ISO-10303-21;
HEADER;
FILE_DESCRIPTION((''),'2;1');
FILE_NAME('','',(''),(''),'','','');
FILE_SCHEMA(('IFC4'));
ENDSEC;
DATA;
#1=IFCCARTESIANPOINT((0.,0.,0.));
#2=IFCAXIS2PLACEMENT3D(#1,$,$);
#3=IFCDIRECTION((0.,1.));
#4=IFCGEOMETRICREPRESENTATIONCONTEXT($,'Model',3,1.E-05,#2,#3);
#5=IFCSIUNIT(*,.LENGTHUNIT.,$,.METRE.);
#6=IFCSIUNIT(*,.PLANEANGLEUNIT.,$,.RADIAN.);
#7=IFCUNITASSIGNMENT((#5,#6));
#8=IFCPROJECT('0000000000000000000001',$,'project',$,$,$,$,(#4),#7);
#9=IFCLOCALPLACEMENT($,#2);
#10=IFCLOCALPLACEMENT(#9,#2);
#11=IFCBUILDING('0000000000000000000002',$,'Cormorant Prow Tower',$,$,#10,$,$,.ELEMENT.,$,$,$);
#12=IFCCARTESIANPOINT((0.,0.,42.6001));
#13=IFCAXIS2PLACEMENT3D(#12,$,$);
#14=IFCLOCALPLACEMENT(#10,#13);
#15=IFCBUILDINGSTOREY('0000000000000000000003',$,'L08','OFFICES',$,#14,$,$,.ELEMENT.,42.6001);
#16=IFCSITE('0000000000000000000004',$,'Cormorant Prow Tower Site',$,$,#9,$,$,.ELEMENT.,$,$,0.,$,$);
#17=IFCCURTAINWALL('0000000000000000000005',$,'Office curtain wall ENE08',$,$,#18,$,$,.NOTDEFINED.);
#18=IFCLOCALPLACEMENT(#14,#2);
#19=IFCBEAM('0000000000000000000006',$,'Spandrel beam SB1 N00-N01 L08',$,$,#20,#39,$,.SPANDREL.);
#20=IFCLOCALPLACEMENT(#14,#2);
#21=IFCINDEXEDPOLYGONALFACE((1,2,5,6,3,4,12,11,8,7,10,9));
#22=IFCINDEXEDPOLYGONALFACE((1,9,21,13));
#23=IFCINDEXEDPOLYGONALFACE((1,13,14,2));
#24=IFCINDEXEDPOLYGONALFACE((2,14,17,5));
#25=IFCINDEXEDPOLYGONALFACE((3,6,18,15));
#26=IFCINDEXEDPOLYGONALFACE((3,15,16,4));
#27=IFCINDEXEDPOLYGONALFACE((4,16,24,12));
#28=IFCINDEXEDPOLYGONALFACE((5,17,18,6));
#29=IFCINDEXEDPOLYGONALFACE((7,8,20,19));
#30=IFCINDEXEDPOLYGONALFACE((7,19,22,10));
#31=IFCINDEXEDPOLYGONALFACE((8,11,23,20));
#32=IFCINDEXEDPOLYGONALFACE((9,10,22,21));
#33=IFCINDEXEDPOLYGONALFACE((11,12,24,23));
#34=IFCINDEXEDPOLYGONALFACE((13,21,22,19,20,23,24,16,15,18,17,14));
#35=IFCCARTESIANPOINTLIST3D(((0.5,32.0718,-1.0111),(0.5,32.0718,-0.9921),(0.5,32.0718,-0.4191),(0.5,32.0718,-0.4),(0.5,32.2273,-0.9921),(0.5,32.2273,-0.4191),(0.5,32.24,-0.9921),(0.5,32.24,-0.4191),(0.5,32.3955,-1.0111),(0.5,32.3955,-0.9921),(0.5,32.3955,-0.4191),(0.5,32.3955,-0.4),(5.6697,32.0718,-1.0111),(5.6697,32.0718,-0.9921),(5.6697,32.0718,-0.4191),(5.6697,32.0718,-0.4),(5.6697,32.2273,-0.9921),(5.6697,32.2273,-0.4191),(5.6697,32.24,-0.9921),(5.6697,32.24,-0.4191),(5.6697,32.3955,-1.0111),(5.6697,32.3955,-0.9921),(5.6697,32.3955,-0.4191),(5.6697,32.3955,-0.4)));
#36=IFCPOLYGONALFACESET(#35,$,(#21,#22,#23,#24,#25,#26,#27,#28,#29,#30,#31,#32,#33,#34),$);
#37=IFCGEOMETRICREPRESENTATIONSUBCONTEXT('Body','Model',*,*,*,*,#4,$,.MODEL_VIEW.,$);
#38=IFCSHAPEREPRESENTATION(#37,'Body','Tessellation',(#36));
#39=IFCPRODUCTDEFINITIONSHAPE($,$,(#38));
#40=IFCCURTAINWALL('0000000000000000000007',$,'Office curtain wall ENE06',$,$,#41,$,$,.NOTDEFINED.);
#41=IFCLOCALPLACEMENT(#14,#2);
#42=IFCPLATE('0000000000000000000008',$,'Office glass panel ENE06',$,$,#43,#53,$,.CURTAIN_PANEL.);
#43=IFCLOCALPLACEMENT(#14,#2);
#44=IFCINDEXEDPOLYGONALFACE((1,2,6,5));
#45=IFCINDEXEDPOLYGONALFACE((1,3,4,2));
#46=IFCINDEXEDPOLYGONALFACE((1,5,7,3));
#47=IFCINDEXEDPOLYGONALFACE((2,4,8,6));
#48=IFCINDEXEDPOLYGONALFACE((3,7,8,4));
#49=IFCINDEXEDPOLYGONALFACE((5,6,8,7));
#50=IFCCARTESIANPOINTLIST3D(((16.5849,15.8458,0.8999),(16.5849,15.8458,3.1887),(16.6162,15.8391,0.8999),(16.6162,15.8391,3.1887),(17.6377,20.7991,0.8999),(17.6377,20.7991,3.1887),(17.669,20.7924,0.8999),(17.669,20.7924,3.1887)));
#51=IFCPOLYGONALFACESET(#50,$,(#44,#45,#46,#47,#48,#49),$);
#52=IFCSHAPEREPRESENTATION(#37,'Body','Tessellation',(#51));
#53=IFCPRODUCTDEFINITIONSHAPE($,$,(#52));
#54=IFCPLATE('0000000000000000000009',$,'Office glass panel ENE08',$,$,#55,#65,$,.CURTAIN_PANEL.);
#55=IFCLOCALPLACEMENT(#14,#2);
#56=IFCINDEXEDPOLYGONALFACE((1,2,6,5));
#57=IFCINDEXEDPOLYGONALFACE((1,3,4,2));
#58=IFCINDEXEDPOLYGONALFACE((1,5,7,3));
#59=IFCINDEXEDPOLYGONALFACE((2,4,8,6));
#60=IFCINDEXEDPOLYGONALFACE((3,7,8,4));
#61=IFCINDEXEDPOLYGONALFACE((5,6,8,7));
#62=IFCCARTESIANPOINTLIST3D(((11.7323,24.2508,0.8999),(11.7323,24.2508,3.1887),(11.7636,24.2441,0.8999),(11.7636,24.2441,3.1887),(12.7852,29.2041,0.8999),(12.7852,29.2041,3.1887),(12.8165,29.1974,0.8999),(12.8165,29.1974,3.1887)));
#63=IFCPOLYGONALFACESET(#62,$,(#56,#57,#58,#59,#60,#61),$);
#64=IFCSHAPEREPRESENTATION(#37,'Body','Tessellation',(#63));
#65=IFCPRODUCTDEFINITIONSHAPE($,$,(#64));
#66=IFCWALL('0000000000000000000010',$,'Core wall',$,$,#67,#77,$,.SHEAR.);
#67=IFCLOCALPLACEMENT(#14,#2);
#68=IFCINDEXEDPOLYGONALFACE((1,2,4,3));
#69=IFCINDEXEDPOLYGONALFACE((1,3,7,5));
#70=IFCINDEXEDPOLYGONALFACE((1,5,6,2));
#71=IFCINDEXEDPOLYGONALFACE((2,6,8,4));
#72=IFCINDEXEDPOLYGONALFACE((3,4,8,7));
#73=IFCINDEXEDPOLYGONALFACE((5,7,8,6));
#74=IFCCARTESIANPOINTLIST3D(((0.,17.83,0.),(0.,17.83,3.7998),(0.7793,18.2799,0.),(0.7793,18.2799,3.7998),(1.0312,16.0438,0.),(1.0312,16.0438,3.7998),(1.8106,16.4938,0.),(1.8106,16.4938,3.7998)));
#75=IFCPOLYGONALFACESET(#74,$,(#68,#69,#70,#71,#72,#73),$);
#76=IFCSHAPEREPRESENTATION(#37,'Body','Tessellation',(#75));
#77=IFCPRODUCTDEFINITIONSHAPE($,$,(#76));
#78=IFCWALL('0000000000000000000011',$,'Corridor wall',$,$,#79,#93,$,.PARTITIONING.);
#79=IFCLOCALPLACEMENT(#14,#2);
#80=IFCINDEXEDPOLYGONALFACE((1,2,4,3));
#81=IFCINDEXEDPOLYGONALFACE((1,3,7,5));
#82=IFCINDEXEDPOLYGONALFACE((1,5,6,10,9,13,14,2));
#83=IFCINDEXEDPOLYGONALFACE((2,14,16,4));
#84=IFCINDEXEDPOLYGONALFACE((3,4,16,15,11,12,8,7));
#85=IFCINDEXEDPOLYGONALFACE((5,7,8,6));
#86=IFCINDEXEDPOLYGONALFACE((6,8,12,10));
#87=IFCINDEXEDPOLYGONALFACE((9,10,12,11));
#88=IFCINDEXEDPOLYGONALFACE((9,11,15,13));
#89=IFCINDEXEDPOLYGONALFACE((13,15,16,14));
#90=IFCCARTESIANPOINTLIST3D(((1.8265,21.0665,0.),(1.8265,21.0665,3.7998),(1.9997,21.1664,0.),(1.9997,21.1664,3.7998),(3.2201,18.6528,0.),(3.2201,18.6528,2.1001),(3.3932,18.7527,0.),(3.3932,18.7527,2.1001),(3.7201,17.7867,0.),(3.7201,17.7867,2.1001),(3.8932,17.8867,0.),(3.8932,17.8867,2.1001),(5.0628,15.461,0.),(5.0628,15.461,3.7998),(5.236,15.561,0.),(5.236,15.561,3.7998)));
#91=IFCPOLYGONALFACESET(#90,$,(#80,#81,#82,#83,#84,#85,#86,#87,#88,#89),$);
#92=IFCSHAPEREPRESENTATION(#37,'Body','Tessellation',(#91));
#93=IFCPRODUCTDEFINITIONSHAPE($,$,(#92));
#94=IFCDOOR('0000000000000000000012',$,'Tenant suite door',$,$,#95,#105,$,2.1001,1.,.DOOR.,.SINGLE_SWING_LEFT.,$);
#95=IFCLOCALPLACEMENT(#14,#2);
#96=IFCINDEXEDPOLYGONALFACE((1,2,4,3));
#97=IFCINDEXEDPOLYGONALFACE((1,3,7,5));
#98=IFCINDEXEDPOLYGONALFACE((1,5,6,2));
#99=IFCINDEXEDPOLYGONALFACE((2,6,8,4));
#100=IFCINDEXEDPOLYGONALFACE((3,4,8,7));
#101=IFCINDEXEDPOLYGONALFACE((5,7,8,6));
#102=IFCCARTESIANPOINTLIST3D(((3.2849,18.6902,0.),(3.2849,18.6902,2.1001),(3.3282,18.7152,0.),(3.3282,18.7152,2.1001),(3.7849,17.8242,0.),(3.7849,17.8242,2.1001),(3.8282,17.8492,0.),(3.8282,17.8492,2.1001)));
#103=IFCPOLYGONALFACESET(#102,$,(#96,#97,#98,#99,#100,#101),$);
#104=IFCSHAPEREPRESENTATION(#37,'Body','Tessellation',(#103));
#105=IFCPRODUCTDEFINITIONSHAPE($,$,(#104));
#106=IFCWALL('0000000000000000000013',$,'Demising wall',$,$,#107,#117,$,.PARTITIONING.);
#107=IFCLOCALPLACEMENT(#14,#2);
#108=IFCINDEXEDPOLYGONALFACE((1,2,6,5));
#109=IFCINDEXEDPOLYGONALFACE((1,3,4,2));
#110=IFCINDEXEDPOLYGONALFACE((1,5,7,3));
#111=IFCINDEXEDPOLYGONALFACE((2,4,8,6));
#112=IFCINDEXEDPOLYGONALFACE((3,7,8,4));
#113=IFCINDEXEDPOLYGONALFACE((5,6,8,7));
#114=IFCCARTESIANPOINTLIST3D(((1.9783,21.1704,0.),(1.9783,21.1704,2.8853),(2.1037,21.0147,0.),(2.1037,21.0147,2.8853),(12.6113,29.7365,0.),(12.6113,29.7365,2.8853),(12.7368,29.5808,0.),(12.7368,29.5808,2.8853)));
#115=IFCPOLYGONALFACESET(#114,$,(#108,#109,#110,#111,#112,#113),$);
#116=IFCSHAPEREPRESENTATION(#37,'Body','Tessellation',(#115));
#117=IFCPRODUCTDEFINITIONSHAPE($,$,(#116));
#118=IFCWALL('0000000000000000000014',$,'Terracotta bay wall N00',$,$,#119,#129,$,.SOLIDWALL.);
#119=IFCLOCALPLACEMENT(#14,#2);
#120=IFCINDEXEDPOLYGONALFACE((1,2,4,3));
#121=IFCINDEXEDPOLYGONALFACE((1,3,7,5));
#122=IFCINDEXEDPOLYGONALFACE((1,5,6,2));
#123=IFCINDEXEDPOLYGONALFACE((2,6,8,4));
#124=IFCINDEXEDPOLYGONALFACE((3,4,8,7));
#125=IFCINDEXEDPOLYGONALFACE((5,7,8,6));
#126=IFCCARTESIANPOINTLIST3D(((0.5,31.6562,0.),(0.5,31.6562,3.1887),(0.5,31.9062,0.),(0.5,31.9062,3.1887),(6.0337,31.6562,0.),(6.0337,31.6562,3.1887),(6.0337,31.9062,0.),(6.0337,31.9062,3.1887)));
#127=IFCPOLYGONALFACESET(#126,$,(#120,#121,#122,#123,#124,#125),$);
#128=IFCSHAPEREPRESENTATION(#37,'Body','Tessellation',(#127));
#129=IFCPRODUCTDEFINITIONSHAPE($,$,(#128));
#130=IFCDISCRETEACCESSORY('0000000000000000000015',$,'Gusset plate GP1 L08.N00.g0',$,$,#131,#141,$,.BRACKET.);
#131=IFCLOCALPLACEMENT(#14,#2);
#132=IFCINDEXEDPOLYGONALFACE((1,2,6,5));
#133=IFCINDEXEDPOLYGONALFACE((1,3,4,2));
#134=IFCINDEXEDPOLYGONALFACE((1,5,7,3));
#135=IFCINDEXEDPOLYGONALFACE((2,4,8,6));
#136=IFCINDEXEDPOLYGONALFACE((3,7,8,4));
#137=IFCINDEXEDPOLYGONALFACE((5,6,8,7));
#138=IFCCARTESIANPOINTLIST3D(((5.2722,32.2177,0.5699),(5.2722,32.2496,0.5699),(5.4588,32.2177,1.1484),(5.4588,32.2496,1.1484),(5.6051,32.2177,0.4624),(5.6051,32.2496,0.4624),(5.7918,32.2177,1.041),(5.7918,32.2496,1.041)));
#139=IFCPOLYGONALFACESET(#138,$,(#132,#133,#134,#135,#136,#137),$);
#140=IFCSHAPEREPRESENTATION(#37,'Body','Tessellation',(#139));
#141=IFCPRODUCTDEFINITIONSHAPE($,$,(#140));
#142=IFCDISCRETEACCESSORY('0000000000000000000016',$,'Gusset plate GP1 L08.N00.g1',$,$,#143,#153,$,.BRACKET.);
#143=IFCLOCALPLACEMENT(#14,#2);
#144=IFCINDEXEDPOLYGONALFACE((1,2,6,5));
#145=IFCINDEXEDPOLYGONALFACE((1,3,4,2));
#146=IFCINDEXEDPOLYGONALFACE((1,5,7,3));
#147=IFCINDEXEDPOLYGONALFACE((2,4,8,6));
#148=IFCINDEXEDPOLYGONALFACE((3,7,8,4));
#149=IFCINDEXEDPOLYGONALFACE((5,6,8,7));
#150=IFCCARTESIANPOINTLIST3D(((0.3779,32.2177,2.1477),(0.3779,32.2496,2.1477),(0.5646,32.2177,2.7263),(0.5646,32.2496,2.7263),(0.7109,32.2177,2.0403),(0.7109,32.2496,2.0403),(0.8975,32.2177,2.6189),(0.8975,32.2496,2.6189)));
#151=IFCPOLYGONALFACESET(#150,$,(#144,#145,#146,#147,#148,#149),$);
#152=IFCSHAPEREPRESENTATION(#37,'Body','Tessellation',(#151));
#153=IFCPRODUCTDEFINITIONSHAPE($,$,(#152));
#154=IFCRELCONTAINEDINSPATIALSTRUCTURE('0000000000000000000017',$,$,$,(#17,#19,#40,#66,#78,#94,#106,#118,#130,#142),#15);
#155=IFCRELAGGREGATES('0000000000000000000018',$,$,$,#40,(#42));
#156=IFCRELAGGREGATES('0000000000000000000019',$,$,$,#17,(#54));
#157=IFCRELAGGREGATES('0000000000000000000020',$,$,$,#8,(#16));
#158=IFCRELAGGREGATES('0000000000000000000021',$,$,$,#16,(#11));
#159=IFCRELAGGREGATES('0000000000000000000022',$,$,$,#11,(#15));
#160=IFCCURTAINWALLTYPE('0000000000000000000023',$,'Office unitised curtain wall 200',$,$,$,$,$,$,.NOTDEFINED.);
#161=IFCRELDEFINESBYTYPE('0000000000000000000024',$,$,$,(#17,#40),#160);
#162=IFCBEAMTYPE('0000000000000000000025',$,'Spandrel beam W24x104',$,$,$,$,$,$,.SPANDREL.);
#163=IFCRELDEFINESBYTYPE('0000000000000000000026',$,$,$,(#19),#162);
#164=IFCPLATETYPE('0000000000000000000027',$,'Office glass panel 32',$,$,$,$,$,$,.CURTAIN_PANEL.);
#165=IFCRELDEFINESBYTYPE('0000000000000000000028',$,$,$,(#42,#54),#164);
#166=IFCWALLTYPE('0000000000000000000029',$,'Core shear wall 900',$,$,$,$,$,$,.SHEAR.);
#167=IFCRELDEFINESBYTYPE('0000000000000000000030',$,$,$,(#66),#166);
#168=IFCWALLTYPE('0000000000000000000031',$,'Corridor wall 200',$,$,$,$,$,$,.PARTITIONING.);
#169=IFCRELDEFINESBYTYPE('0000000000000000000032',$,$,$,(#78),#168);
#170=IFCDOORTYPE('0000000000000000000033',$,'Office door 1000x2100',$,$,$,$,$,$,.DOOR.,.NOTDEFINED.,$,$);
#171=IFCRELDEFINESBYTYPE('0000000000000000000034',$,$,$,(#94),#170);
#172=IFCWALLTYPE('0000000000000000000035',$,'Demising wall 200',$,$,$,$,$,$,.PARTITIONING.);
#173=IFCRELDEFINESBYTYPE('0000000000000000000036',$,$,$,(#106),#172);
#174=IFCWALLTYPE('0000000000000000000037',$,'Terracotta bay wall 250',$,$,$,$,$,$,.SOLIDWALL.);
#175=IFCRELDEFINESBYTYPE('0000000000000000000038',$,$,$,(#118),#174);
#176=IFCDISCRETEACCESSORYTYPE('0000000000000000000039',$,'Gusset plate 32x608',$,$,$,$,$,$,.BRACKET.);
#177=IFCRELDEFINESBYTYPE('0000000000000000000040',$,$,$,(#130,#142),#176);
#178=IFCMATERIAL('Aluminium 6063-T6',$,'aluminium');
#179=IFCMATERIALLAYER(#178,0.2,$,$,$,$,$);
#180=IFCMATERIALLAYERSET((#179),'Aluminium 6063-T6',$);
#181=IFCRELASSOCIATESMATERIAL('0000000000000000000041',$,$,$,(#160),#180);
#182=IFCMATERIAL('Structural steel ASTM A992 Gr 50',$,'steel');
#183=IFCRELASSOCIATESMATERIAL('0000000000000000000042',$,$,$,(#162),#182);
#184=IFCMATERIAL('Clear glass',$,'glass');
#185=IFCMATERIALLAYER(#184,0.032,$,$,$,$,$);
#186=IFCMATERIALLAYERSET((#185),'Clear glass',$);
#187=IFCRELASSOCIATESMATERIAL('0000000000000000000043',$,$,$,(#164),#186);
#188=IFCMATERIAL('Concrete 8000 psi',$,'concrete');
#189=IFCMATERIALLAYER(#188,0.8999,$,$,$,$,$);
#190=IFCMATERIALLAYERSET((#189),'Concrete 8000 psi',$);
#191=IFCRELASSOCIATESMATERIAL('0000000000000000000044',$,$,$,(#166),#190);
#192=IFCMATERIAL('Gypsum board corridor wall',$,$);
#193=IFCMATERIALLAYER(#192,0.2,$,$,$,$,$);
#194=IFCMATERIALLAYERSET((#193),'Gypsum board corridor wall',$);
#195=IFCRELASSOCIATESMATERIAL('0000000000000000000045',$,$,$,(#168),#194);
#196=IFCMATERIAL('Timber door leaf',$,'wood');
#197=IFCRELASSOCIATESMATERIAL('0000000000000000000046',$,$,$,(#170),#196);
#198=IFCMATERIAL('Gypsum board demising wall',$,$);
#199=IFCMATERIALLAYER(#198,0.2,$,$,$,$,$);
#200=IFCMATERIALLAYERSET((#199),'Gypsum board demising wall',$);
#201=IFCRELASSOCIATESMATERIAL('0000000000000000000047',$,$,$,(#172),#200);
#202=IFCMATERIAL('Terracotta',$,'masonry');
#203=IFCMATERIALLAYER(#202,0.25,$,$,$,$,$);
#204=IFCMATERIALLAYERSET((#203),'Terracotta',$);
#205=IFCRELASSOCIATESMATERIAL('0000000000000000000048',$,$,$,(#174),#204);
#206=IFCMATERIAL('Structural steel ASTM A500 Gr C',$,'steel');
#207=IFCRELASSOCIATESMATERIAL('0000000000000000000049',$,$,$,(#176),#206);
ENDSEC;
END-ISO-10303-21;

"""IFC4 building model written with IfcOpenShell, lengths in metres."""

from ifc_helpers import new_model, si_unit, direction, frame, frame_2d, origin, origin_2d, place, context, subcontext, project, spatial, rectangle, i_section, extrude, material, layer, layer_set, material_profile, profile_set, type_object, element, fill, aggregate, save


model = new_model("IFC4")

# Units and contexts
model_context = context("Model", 3, precision=1e-05, world=origin(), true_north=direction((0.0, 1.0)))
body_context = subcontext(model_context, "Body", "Model", "MODEL_VIEW")
ifc_project = project(units=[si_unit("LENGTHUNIT", "METRE"), si_unit("PLANEANGLEUNIT", "RADIAN")], contexts=[model_context])

# Site, building, storey
site_placement = place(None, origin())
site = spatial("IfcSite", under=ifc_project, at=site_placement, Name="Cormorant Prow Tower Site", CompositionType="ELEMENT", RefElevation=0.0)
building_placement = place(site_placement, origin())
building = spatial("IfcBuilding", under=site, at=building_placement, Name="Cormorant Prow Tower", CompositionType="ELEMENT")
storey_placement = place(building_placement, frame((0.0, 0.0, 42.6001)))
storey = spatial("IfcBuildingStorey", under=building, at=storey_placement, Name="L08", Description="OFFICES", CompositionType="ELEMENT", Elevation=42.6001)

# Curtain wall
ifc_material_1 = material(Name="Aluminium 6063-T6", Category="aluminium")
ifc_layer_1 = layer(ifc_material_1, 0.2)
ifc_layer_set_1 = layer_set([ifc_layer_1], Name="Aluminium 6063-T6")
curtain_wall_type = type_object("IfcCurtainWallType", Name="Office unitised curtain wall 200", PredefinedType="NOTDEFINED", material=ifc_layer_set_1)
curtain_wall_1_placement = place(storey_placement, origin())
curtain_wall_1 = element("IfcCurtainWall", 1, at=curtain_wall_1_placement, inside=storey, type_object=curtain_wall_type, Name="Office curtain wall ENE08", PredefinedType="NOTDEFINED")

# Beam
ifc_material_2 = material(Name="Structural steel ASTM A992 Gr 50", Category="steel")
ifc_material_profile_1 = material_profile(ifc_material_2, i_section(OverallWidth=0.3237, OverallDepth=0.6111, WebThickness=0.0127, FlangeThickness=0.019, at=origin_2d()), Name="W24x104")
ifc_profile_set_1 = profile_set([ifc_material_profile_1], Name="Structural steel ASTM A992 Gr 50")
beam_type = type_object("IfcBeamType", Name="Spandrel beam W24x104", PredefinedType="SPANDREL", material=ifc_profile_set_1)
beam_1_placement = place(storey_placement, frame((5.6697, 32.2336, -0.7056), z_axis=(-1.0, 0.0, 0.0), x_axis=(0.0, -1.0, 0.0)))
element("IfcBeam", 2, at=beam_1_placement, inside=storey, type_object=beam_type, Name="Spandrel beam SB1 N00-N01 L08", PredefinedType="SPANDREL", context=body_context, shape_type="SweptSolid", body=[
    extrude(i_section(OverallWidth=0.3237, OverallDepth=0.6111, WebThickness=0.0127, FlangeThickness=0.019, at=origin_2d()), origin(), (0.0, 0.0, 1.0), 5.1697),
])

# Curtain wall, plate
curtain_wall_2_placement = place(storey_placement, origin())
curtain_wall_2 = element("IfcCurtainWall", 3, at=curtain_wall_2_placement, inside=storey, type_object=curtain_wall_type, Name="Office curtain wall ENE06", PredefinedType="NOTDEFINED")
ifc_material_3 = material(Name="Clear glass", Category="glass")
ifc_layer_2 = layer(ifc_material_3, 0.032)
ifc_layer_set_2 = layer_set([ifc_layer_2], Name="Clear glass")
plate_type = type_object("IfcPlateType", Name="Office glass panel 32", PredefinedType="CURTAIN_PANEL", material=ifc_layer_set_2)
plate_1_placement = place(storey_placement, frame((17.127, 18.3191, 0.8999), z_axis=(0.0, 0.0, 1.0), x_axis=(0.207912, 0.978148, 0.0)))
plate_1 = element("IfcPlate", 4, at=plate_1_placement, type_object=plate_type, Name="Office glass panel ENE06", PredefinedType="CURTAIN_PANEL", context=body_context, shape_type="SweptSolid", body=[
    extrude(rectangle(XDim=5.064, YDim=0.032, at=origin_2d()), origin(), (0.0, 0.0, 1.0), 2.2888),
])
aggregate(curtain_wall_2, [plate_1])

# Plate
plate_2_placement = place(storey_placement, frame((12.2744, 26.7241, 0.8999), z_axis=(0.0, 0.0, 1.0), x_axis=(0.207912, 0.978148, 0.0)))
plate_2 = element("IfcPlate", 5, at=plate_2_placement, type_object=plate_type, Name="Office glass panel ENE08", PredefinedType="CURTAIN_PANEL", context=body_context, shape_type="SweptSolid", body=[
    extrude(rectangle(XDim=5.064, YDim=0.032, at=origin_2d()), origin(), (0.0, 0.0, 1.0), 2.2888),
])
aggregate(curtain_wall_1, [plate_2])

# Wall
ifc_material_4 = material(Name="Concrete 8000 psi", Category="concrete")
ifc_layer_3 = layer(ifc_material_4, 0.8999)
ifc_layer_set_3 = layer_set([ifc_layer_3], Name="Concrete 8000 psi")
wall_type_1 = type_object("IfcWallType", Name="Core shear wall 900", PredefinedType="SHEAR", material=ifc_layer_set_3)
wall_1_placement = place(storey_placement, frame((1.4209, 16.2688, 0.0), z_axis=(0.0, 0.0, 1.0), x_axis=(-0.500009, 0.86602, 0.0)))
element("IfcWall", 6, at=wall_1_placement, inside=storey, type_object=wall_type_1, Name="Core wall", PredefinedType="SHEAR", context=body_context, shape_type="SweptSolid", body=[
    extrude(rectangle(XDim=2.0625, YDim=0.8999, at=frame_2d((1.0312, 0.0))), origin(), (0.0, 0.0, 1.0), 3.7998),
])

# Wall, opening, door
ifc_material_5 = material(Name="Gypsum board corridor wall")
ifc_layer_4 = layer(ifc_material_5, 0.2)
ifc_layer_set_4 = layer_set([ifc_layer_4], Name="Gypsum board corridor wall")
wall_type_2 = type_object("IfcWallType", Name="Corridor wall 200", PredefinedType="PARTITIONING", material=ifc_layer_set_4)
wall_2_placement = place(storey_placement, frame((1.9131, 21.1165, 0.0), z_axis=(0.0, 0.0, 1.0), x_axis=(0.500001, -0.866025, 0.0)))
wall_2 = element("IfcWall", 7, at=wall_2_placement, inside=storey, type_object=wall_type_2, Name="Corridor wall", PredefinedType="PARTITIONING", context=body_context, shape_type="SweptSolid", body=[
    extrude(rectangle(XDim=6.4727, YDim=0.2, at=frame_2d((3.2363, 0.0))), origin(), (0.0, 0.0, 1.0), 3.7998),
])
opening_1_placement = place(wall_2_placement, frame((2.7871, 0.0, 0.0)))
opening_1 = element("IfcOpeningElement", 8, at=opening_1_placement, cuts=wall_2, PredefinedType="OPENING", context=body_context, shape_type="SweptSolid", body=[
    extrude(rectangle(XDim=1.0, YDim=2.1001, at=frame_2d((0.5, 1.05))), frame((0.0, 0.1099, 0.0), z_axis=(0.0, -1.0, 0.0), x_axis=(1.0, 0.0, 0.0)), (0.0, 0.0, 1.0), 0.22),
])
ifc_material_6 = material(Name="Timber door leaf", Category="wood")
door_type_1 = type_object("IfcDoorType", Name="Office door 1000x2100", OperationType="NOTDEFINED", PredefinedType="DOOR", material=ifc_material_6)
door_1_placement = place(opening_1_placement, origin())
door_1 = element("IfcDoor", 9, at=door_1_placement, inside=storey, type_object=door_type_1, Name="Tenant suite door", OperationType="SINGLE_SWING_LEFT", OverallHeight=2.1001, OverallWidth=1.0, PredefinedType="DOOR", context=body_context, shape_type="SweptSolid", body=[
    extrude(rectangle(XDim=1.0, YDim=2.1001, at=frame_2d((0.5, 1.05))), frame((0.0, 0.0249, 0.0), z_axis=(0.0, -1.0, 0.0), x_axis=(1.0, 0.0, 0.0)), (0.0, 0.0, 1.0), 0.05),
])
fill(opening_1, door_1)

# Walls
ifc_material_7 = material(Name="Gypsum board demising wall")
ifc_layer_5 = layer(ifc_material_7, 0.2)
ifc_layer_set_5 = layer_set([ifc_layer_5], Name="Gypsum board demising wall")
wall_type_3 = type_object("IfcWallType", Name="Demising wall 200", PredefinedType="PARTITIONING", material=ifc_layer_set_5)
wall_3_placement = place(storey_placement, frame((2.041, 21.0925, 0.0), z_axis=(0.0, 0.0, 1.0), x_axis=(0.778731, 0.627358, 0.0)))
element("IfcWall", 10, at=wall_3_placement, inside=storey, type_object=wall_type_3, Name="Demising wall", PredefinedType="PARTITIONING", context=body_context, shape_type="SweptSolid", body=[
    extrude(rectangle(XDim=13.6543, YDim=0.2, at=frame_2d((6.8271, 0.0))), origin(), (0.0, 0.0, 1.0), 2.8853),
])
ifc_material_8 = material(Name="Terracotta", Category="masonry")
ifc_layer_6 = layer(ifc_material_8, 0.25)
ifc_layer_set_6 = layer_set([ifc_layer_6], Name="Terracotta")
wall_type_4 = type_object("IfcWallType", Name="Terracotta bay wall 250", PredefinedType="SOLIDWALL", material=ifc_layer_set_6)
wall_4_placement = place(storey_placement, frame((6.0337, 31.7812, 0.0), z_axis=(0.0, 0.0, 1.0), x_axis=(-1.0, 0.0, 0.0)))
element("IfcWall", 11, at=wall_4_placement, inside=storey, type_object=wall_type_4, Name="Terracotta bay wall N00", PredefinedType="SOLIDWALL", context=body_context, shape_type="SweptSolid", body=[
    extrude(rectangle(XDim=5.5337, YDim=0.25, at=frame_2d((2.7668, 0.0))), origin(), (0.0, 0.0, 1.0), 3.1887),
])

# Discrete accessories
ifc_material_9 = material(Name="Structural steel ASTM A500 Gr C", Category="steel")
ifc_material_profile_2 = material_profile(ifc_material_9, rectangle(XDim=0.032, YDim=0.6079, at=origin_2d()), Name="Gusset plate 32x608")
ifc_profile_set_2 = profile_set([ifc_material_profile_2], Name="Structural steel ASTM A500 Gr C")
discrete_accessory_type = type_object("IfcDiscreteAccessoryType", Name="Gusset plate 32x608", PredefinedType="BRACKET", material=ifc_profile_set_2)
for number, where, z_axis, x_axis, name in (
    (12, (5.3655, 32.2336, 0.8591), (0.951709, 0.0, -0.307003), (0.0, 1.0, 0.0), "Gusset plate GP1 L08.N00.g0"),
    (13, (0.8042, 32.2336, 2.3296), (-0.951709, 0.0, 0.307003), (0.0, -1.0, 0.0), "Gusset plate GP1 L08.N00.g1"),
):
    element("IfcDiscreteAccessory", number, at=place(storey_placement, frame(where, z_axis=z_axis, x_axis=x_axis)), inside=storey, type_object=discrete_accessory_type, Name=name, PredefinedType="BRACKET", context=body_context, shape_type="SweptSolid", body=[
        extrude(rectangle(XDim=0.032, YDim=0.6079, at=origin_2d()), origin(), (0.0, 0.0, 1.0), 0.3499),
    ])

save(model, "model.ifc")
